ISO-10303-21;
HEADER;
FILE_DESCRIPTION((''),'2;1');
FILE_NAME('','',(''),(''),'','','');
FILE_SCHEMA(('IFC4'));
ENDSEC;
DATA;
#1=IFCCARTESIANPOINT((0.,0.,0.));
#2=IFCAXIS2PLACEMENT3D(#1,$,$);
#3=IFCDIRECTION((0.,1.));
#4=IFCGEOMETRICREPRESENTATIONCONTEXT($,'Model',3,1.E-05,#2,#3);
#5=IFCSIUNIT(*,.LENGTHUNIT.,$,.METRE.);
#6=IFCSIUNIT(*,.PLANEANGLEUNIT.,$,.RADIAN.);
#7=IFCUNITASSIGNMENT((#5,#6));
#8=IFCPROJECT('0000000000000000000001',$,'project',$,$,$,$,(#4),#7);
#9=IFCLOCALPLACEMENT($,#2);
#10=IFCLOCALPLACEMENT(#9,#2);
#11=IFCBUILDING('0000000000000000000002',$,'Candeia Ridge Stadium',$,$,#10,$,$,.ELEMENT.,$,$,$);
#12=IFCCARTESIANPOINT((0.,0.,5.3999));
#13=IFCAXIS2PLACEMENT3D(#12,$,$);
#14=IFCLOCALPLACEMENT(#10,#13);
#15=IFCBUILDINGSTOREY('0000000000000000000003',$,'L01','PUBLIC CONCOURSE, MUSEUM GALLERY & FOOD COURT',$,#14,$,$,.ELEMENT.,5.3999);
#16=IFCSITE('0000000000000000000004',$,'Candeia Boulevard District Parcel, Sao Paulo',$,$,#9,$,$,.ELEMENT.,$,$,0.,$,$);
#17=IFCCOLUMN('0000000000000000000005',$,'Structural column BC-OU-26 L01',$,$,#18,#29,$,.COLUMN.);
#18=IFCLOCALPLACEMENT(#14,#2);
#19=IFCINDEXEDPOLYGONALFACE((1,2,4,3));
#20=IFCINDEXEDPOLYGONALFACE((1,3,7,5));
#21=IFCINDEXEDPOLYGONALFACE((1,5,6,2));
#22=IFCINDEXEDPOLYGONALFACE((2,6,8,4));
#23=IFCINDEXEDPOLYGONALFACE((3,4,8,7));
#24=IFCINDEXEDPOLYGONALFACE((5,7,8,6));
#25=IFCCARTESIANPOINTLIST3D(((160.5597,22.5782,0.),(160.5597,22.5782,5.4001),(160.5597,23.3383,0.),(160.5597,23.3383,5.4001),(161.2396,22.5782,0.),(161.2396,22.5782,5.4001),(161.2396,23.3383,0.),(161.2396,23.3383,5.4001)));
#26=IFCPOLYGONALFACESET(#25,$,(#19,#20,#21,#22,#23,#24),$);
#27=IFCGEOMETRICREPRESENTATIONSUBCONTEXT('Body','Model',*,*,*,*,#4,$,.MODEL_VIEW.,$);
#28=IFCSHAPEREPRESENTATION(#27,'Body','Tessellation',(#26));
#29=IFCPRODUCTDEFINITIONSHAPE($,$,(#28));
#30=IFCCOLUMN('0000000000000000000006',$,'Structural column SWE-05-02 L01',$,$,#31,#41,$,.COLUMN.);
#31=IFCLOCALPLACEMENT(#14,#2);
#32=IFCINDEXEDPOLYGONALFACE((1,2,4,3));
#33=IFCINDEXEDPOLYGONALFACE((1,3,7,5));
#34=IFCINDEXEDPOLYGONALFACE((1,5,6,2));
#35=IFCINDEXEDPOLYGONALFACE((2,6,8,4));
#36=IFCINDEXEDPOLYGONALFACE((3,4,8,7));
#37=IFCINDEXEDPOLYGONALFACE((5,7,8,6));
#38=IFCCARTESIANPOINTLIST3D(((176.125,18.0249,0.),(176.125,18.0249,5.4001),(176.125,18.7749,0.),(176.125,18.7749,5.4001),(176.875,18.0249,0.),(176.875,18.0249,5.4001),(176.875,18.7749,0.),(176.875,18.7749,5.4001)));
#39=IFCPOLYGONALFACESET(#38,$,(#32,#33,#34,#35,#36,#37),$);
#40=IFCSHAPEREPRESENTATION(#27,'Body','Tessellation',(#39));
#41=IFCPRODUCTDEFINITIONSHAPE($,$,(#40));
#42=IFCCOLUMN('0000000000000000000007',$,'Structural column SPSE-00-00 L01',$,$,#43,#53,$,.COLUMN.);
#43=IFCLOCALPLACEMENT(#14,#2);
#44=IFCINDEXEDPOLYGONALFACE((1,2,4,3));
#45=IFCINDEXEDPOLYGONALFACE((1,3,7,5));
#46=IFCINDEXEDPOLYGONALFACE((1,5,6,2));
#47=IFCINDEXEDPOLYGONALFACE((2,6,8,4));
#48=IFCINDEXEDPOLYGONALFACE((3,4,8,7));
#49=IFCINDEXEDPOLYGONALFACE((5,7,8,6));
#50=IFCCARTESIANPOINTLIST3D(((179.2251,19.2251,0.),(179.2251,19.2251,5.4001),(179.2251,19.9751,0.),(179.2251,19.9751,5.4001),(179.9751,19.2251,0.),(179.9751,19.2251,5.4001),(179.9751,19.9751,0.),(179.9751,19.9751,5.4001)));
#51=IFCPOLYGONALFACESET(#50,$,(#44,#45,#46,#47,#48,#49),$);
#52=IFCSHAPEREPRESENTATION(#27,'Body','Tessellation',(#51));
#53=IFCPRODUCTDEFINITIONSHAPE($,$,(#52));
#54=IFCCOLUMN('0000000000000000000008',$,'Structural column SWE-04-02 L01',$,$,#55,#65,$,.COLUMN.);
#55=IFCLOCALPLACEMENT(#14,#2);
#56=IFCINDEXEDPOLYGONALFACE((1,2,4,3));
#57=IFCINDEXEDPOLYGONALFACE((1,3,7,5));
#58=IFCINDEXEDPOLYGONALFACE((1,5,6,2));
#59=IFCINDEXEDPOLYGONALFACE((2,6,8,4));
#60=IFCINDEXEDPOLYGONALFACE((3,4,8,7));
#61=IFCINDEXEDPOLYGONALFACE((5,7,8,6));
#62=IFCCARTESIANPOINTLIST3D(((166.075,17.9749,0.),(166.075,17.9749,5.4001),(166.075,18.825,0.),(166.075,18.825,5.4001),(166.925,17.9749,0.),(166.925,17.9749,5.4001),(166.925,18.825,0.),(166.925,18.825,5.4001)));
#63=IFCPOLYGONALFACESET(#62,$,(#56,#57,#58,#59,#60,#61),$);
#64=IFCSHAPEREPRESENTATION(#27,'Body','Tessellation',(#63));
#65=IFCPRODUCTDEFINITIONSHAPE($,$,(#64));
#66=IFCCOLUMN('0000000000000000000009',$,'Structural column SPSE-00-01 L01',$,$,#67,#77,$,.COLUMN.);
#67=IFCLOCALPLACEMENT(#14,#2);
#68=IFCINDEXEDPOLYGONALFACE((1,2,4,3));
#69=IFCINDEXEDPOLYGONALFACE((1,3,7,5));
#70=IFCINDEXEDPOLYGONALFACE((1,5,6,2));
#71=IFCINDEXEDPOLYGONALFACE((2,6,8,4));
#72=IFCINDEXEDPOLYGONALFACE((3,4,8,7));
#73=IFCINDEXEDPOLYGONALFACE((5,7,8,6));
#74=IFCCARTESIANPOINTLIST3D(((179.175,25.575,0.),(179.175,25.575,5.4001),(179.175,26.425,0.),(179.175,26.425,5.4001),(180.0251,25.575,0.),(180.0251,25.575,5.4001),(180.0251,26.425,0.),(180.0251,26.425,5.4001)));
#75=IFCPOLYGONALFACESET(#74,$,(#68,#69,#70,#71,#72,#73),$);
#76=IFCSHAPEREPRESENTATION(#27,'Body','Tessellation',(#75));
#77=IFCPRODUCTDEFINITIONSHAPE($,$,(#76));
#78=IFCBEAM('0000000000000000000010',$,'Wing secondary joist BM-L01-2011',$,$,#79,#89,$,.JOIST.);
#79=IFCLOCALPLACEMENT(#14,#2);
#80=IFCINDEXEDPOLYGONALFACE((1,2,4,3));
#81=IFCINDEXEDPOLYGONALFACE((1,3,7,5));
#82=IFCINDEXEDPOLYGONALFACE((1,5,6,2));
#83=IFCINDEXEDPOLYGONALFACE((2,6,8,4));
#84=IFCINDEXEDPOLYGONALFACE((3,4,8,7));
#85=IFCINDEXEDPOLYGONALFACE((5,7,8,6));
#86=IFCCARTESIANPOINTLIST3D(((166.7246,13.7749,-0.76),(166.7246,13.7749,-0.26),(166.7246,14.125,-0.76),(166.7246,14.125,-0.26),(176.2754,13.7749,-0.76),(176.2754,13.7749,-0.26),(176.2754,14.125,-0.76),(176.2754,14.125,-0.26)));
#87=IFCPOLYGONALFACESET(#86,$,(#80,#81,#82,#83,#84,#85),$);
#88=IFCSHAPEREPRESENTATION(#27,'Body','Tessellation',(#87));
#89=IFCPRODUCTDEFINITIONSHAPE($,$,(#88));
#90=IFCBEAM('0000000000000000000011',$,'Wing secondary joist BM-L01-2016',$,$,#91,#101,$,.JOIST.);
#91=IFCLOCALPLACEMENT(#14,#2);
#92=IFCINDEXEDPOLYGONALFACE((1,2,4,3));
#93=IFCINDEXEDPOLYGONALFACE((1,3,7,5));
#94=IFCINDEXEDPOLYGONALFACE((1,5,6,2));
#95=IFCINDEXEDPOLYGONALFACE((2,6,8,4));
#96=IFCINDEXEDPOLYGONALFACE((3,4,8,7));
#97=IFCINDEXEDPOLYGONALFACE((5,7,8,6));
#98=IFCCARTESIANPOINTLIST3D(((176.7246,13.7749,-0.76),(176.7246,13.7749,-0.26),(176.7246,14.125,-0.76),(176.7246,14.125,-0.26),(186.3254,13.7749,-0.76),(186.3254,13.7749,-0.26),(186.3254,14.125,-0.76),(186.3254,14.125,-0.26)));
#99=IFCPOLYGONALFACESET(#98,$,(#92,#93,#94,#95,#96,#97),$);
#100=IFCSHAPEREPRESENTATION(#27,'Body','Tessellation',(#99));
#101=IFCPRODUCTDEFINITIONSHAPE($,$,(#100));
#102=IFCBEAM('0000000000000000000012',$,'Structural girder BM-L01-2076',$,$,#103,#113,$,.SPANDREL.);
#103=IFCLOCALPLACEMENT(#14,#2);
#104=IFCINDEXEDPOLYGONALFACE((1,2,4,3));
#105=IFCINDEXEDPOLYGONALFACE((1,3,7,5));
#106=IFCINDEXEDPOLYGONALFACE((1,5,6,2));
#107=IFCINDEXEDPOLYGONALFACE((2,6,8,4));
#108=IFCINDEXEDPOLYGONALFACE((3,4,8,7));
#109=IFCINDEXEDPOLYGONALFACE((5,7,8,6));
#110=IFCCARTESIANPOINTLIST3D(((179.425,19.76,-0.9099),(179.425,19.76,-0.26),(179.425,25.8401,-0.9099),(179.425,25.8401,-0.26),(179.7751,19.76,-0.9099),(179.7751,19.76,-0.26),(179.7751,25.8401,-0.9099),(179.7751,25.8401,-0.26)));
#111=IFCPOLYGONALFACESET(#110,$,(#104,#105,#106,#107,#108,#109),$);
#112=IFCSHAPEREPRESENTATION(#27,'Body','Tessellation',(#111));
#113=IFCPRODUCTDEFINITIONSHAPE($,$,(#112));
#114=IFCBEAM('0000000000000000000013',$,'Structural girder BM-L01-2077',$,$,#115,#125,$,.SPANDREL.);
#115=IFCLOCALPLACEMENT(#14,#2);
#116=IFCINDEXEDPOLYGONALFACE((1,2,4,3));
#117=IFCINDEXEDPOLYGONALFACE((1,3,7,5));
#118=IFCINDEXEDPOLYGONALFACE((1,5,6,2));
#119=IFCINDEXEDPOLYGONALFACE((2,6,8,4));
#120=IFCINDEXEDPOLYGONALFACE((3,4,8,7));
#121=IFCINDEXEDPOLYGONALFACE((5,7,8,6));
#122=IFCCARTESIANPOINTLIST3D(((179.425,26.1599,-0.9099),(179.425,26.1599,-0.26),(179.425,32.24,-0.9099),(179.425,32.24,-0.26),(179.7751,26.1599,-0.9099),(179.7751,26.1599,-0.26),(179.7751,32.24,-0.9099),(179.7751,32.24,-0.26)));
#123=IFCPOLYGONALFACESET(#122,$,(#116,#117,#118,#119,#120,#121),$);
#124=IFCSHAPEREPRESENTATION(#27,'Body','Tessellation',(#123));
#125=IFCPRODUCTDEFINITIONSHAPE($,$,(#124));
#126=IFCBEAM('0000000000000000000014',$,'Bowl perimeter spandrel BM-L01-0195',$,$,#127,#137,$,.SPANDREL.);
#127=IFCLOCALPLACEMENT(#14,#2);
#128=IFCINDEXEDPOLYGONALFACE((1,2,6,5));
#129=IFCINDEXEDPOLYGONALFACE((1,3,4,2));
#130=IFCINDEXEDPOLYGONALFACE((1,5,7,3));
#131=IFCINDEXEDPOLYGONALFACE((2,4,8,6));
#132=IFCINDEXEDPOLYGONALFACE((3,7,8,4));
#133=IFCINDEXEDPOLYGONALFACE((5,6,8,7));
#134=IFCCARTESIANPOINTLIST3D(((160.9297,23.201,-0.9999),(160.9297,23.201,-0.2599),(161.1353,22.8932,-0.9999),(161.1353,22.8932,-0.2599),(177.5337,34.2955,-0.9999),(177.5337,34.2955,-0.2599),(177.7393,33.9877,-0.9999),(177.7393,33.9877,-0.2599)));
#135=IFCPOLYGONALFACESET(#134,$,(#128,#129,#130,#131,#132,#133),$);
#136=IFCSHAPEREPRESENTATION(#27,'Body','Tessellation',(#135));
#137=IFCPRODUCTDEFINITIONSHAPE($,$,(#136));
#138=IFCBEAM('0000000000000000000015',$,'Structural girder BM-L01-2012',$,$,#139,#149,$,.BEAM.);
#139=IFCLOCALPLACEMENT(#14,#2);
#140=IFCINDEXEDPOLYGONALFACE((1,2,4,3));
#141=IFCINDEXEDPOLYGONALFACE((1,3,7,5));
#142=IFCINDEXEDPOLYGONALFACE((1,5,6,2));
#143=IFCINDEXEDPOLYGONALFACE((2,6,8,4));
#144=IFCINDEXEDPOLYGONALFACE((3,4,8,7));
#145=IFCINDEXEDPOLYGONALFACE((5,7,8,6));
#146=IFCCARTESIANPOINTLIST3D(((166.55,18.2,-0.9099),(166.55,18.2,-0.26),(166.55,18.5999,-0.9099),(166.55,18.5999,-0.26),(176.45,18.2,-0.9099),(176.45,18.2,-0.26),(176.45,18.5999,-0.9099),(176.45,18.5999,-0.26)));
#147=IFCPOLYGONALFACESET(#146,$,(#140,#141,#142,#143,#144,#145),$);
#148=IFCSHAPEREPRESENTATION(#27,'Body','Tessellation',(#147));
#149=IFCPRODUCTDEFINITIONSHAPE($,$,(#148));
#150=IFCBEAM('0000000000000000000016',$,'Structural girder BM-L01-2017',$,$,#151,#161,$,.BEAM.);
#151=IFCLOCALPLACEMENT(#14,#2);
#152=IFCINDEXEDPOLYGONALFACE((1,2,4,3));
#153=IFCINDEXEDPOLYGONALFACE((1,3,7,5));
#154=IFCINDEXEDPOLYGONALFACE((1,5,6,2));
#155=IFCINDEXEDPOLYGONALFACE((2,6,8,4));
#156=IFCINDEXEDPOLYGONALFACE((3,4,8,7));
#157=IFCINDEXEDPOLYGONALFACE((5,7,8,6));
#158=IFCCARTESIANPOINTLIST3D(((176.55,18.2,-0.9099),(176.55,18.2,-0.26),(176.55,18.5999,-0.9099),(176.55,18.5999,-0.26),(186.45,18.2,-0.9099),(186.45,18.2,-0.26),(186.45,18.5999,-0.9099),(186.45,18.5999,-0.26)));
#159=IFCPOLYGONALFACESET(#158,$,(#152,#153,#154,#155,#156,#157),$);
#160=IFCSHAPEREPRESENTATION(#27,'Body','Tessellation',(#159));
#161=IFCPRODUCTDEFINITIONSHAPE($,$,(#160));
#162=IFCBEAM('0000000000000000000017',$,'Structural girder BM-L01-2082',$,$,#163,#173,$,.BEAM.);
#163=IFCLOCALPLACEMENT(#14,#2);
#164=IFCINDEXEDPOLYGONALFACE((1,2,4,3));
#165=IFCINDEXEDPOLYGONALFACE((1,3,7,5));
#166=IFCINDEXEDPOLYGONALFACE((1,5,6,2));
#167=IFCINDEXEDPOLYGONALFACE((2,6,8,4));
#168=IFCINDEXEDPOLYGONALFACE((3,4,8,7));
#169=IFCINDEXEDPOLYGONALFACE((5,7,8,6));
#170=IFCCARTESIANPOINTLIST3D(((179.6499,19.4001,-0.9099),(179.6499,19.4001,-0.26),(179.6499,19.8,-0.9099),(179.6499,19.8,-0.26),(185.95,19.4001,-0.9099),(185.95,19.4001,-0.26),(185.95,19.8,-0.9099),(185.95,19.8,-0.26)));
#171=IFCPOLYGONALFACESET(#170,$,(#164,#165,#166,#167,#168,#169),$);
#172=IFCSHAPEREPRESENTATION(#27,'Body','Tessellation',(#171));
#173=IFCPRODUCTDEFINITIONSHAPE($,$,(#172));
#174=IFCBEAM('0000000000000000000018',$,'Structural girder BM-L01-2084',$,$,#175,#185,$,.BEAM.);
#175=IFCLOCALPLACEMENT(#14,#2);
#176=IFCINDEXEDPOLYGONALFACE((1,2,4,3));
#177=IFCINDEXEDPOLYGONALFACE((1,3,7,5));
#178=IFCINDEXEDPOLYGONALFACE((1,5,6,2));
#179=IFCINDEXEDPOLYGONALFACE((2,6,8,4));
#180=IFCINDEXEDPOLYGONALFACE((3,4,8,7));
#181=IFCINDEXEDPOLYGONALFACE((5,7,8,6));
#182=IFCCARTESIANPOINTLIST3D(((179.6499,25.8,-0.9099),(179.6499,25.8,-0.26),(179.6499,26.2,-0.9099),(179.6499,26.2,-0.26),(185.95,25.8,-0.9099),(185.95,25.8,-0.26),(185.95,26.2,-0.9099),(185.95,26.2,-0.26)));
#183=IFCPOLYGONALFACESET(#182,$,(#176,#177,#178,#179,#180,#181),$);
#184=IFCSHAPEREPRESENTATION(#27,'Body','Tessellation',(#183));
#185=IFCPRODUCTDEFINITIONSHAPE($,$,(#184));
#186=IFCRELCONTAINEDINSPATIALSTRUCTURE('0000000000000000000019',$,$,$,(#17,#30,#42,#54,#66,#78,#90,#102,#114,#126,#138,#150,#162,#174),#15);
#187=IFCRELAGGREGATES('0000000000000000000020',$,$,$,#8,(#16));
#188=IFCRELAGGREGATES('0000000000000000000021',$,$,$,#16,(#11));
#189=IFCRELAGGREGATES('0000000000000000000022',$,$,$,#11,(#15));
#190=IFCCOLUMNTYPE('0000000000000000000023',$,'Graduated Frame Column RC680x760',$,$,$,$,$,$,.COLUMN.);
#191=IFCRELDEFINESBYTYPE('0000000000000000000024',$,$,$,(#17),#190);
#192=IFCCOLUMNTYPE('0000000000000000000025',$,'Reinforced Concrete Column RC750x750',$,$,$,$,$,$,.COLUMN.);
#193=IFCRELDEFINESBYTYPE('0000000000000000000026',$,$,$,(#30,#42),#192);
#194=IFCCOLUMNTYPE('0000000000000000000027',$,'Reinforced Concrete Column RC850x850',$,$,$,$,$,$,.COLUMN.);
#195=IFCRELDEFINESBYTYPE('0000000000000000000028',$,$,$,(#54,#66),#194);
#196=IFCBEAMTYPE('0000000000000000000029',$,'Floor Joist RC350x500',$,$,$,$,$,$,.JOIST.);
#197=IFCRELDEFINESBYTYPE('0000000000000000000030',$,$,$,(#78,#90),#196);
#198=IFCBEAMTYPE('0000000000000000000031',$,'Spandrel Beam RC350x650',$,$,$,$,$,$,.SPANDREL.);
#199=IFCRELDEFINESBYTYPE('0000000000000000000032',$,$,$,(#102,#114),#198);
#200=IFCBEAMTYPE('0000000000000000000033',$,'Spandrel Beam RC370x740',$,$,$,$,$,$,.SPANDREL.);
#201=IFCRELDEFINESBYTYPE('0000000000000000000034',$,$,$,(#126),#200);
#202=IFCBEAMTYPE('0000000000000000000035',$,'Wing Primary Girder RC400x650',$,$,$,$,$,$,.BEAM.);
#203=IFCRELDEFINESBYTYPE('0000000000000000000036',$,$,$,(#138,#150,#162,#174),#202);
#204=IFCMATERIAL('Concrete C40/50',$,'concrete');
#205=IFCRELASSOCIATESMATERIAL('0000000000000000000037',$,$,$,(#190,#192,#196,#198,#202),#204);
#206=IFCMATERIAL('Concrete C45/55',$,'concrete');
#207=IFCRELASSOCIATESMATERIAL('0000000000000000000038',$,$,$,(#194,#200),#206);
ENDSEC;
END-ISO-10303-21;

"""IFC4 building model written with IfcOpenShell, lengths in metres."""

from ifc_helpers import new_model, si_unit, direction, frame, origin, origin_2d, place, context, subcontext, project, spatial, rectangle, extrude, material, material_profile, profile_set, type_object, element, save


model = new_model("IFC4")

# Units and contexts
model_context = context("Model", 3, precision=1e-05, world=origin(), true_north=direction((0.0, 1.0)))
body_context = subcontext(model_context, "Body", "Model", "MODEL_VIEW")
ifc_project = project(units=[si_unit("LENGTHUNIT", "METRE"), si_unit("PLANEANGLEUNIT", "RADIAN")], contexts=[model_context])

# Site, building, storey
site_placement = place(None, origin())
site = spatial("IfcSite", under=ifc_project, at=site_placement, Name="Candeia Boulevard District Parcel, Sao Paulo", CompositionType="ELEMENT", RefElevation=0.0)
building_placement = place(site_placement, origin())
building = spatial("IfcBuilding", under=site, at=building_placement, Name="Candeia Ridge Stadium", CompositionType="ELEMENT")
storey_placement = place(building_placement, frame((0.0, 0.0, 5.3999)))
storey = spatial("IfcBuildingStorey", under=building, at=storey_placement, Name="L01", Description="PUBLIC CONCOURSE, MUSEUM GALLERY & FOOD COURT", CompositionType="ELEMENT", Elevation=5.3999)

# Columns
ifc_material_1 = material(Name="Concrete C40/50", Category="concrete")
ifc_material_profile_1 = material_profile(ifc_material_1, rectangle(XDim=0.6799, YDim=0.76, at=origin_2d()), Name="RC680x760", Category="concrete")
ifc_profile_set_1 = profile_set([ifc_material_profile_1], Name="Concrete C40/50")
column_type_1 = type_object("IfcColumnType", Name="Graduated Frame Column RC680x760", PredefinedType="COLUMN", material=ifc_profile_set_1)
column_placement = place(storey_placement, frame((160.8997, 22.9583, 0.0), z_axis=(0.0, 0.0, 1.0), x_axis=(1.0, 0.0, 0.0)))
element("IfcColumn", 1, at=column_placement, inside=storey, type_object=column_type_1, Name="Structural column BC-OU-26 L01", PredefinedType="COLUMN", context=body_context, shape_type="SweptSolid", body=[
    extrude(rectangle(XDim=0.6799, YDim=0.76, at=origin_2d()), origin(), (0.0, 0.0, 1.0), 5.4001),
])
ifc_material_profile_2 = material_profile(ifc_material_1, rectangle(XDim=0.75, YDim=0.75, at=origin_2d()), Name="RC750x750", Category="concrete")
ifc_profile_set_2 = profile_set([ifc_material_profile_2], Name="Concrete C40/50")
column_type_2 = type_object("IfcColumnType", Name="Reinforced Concrete Column RC750x750", PredefinedType="COLUMN", material=ifc_profile_set_2)
for number, where, z_axis, x_axis, name in (
    (2, (176.5, 18.3999, 0.0), (0.0, 0.0, 1.0), (1.0, 0.0, 0.0), "Structural column SWE-05-02 L01"),
    (3, (179.6001, 19.6001, 0.0), (0.0, 0.0, 1.0), (1.0, 0.0, 0.0), "Structural column SPSE-00-00 L01"),
):
    element("IfcColumn", number, at=place(storey_placement, frame(where, z_axis=z_axis, x_axis=x_axis)), inside=storey, type_object=column_type_2, Name=name, PredefinedType="COLUMN", context=body_context, shape_type="SweptSolid", body=[
        extrude(rectangle(XDim=0.75, YDim=0.75, at=origin_2d()), origin(), (0.0, 0.0, 1.0), 5.4001),
    ])
ifc_material_2 = material(Name="Concrete C45/55", Category="concrete")
ifc_material_profile_3 = material_profile(ifc_material_2, rectangle(XDim=0.8501, YDim=0.8501, at=origin_2d()), Name="RC850x850", Category="concrete")
ifc_profile_set_3 = profile_set([ifc_material_profile_3], Name="Concrete C45/55")
column_type_3 = type_object("IfcColumnType", Name="Reinforced Concrete Column RC850x850", PredefinedType="COLUMN", material=ifc_profile_set_3)
for number, where, z_axis, x_axis, name in (
    (4, (166.5, 18.3999, 0.0), (0.0, 0.0, 1.0), (1.0, 0.0, 0.0), "Structural column SWE-04-02 L01"),
    (5, (179.6001, 26.0, 0.0), (0.0, 0.0, 1.0), (1.0, 0.0, 0.0), "Structural column SPSE-00-01 L01"),
):
    element("IfcColumn", number, at=place(storey_placement, frame(where, z_axis=z_axis, x_axis=x_axis)), inside=storey, type_object=column_type_3, Name=name, PredefinedType="COLUMN", context=body_context, shape_type="SweptSolid", body=[
        extrude(rectangle(XDim=0.8501, YDim=0.8501, at=origin_2d()), origin(), (0.0, 0.0, 1.0), 5.4001),
    ])

# Beams
ifc_material_profile_4 = material_profile(ifc_material_1, rectangle(XDim=0.3501, YDim=0.5, at=origin_2d()), Name="RC350x500", Category="concrete")
ifc_profile_set_4 = profile_set([ifc_material_profile_4], Name="Concrete C40/50")
beam_type_1 = type_object("IfcBeamType", Name="Floor Joist RC350x500", PredefinedType="JOIST", material=ifc_profile_set_4)
beam_1_placement = place(storey_placement, frame((166.7246, 13.95, -0.51), z_axis=(1.0, 0.0, 0.0), x_axis=(0.0, 1.0, 0.0)))
element("IfcBeam", 6, at=beam_1_placement, inside=storey, type_object=beam_type_1, Name="Wing secondary joist BM-L01-2011", PredefinedType="JOIST", context=body_context, shape_type="SweptSolid", body=[
    extrude(rectangle(XDim=0.3501, YDim=0.5, at=origin_2d()), origin(), (0.0, 0.0, 1.0), 9.5508),
])
beam_2_placement = place(storey_placement, frame((176.7246, 13.95, -0.51), z_axis=(1.0, 0.0, 0.0), x_axis=(0.0, 1.0, 0.0)))
element("IfcBeam", 7, at=beam_2_placement, inside=storey, type_object=beam_type_1, Name="Wing secondary joist BM-L01-2016", PredefinedType="JOIST", context=body_context, shape_type="SweptSolid", body=[
    extrude(rectangle(XDim=0.3501, YDim=0.5, at=origin_2d()), origin(), (0.0, 0.0, 1.0), 9.6008),
])
ifc_material_profile_5 = material_profile(ifc_material_1, rectangle(XDim=0.3501, YDim=0.6499, at=origin_2d()), Name="RC350x650", Category="concrete")
ifc_profile_set_5 = profile_set([ifc_material_profile_5], Name="Concrete C40/50")
beam_type_2 = type_object("IfcBeamType", Name="Spandrel Beam RC350x650", PredefinedType="SPANDREL", material=ifc_profile_set_5)
for number, where, z_axis, x_axis, name in (
    (8, (179.6001, 19.76, -0.585), (0.0, 1.0, 0.0), (-1.0, 0.0, 0.0), "Structural girder BM-L01-2076"),
    (9, (179.6001, 26.1599, -0.585), (0.0, 1.0, 0.0), (-1.0, 0.0, 0.0), "Structural girder BM-L01-2077"),
):
    element("IfcBeam", number, at=place(storey_placement, frame(where, z_axis=z_axis, x_axis=x_axis)), inside=storey, type_object=beam_type_2, Name=name, PredefinedType="SPANDREL", context=body_context, shape_type="SweptSolid", body=[
        extrude(rectangle(XDim=0.3501, YDim=0.6499, at=origin_2d()), origin(), (0.0, 0.0, 1.0), 6.0801),
    ])
ifc_material_profile_6 = material_profile(ifc_material_2, rectangle(XDim=0.3701, YDim=0.74, at=origin_2d()), Name="RC370x740", Category="concrete")
ifc_profile_set_6 = profile_set([ifc_material_profile_6], Name="Concrete C45/55")
beam_type_3 = type_object("IfcBeamType", Name="Spandrel Beam RC370x740", PredefinedType="SPANDREL", material=ifc_profile_set_6)
beam_3_placement = place(storey_placement, frame((161.0325, 23.0471, -0.6299), z_axis=(0.831469, 0.555572, 0.0), x_axis=(-0.555572, 0.831469, 0.0)))
element("IfcBeam", 10, at=beam_3_placement, inside=storey, type_object=beam_type_3, Name="Bowl perimeter spandrel BM-L01-0195", PredefinedType="SPANDREL", context=body_context, shape_type="SweptSolid", body=[
    extrude(rectangle(XDim=0.3701, YDim=0.74, at=origin_2d()), origin(), (0.0, 0.0, 1.0), 19.9695),
])
ifc_material_profile_7 = material_profile(ifc_material_1, rectangle(XDim=0.3999, YDim=0.6499, at=origin_2d()), Name="RC400x650", Category="concrete")
ifc_profile_set_7 = profile_set([ifc_material_profile_7], Name="Concrete C40/50")
beam_type_4 = type_object("IfcBeamType", Name="Wing Primary Girder RC400x650", PredefinedType="BEAM", material=ifc_profile_set_7)
for number, where, z_axis, x_axis, name in (
    (11, (166.55, 18.3999, -0.585), (1.0, 0.0, 0.0), (0.0, 1.0, 0.0), "Structural girder BM-L01-2012"),
    (12, (176.55, 18.3999, -0.585), (1.0, 0.0, 0.0), (0.0, 1.0, 0.0), "Structural girder BM-L01-2017"),
):
    element("IfcBeam", number, at=place(storey_placement, frame(where, z_axis=z_axis, x_axis=x_axis)), inside=storey, type_object=beam_type_4, Name=name, PredefinedType="BEAM", context=body_context, shape_type="SweptSolid", body=[
        extrude(rectangle(XDim=0.3999, YDim=0.6499, at=origin_2d()), origin(), (0.0, 0.0, 1.0), 9.8999),
    ])
for number, where, z_axis, x_axis, name in (
    (13, (179.6499, 19.6001, -0.585), (1.0, 0.0, 0.0), (0.0, 1.0, 0.0), "Structural girder BM-L01-2082"),
    (14, (179.6499, 26.0, -0.585), (1.0, 0.0, 0.0), (0.0, 1.0, 0.0), "Structural girder BM-L01-2084"),
):
    element("IfcBeam", number, at=place(storey_placement, frame(where, z_axis=z_axis, x_axis=x_axis)), inside=storey, type_object=beam_type_4, Name=name, PredefinedType="BEAM", context=body_context, shape_type="SweptSolid", body=[
        extrude(rectangle(XDim=0.3999, YDim=0.6499, at=origin_2d()), origin(), (0.0, 0.0, 1.0), 6.3),
    ])

save(model, "model.ifc")
